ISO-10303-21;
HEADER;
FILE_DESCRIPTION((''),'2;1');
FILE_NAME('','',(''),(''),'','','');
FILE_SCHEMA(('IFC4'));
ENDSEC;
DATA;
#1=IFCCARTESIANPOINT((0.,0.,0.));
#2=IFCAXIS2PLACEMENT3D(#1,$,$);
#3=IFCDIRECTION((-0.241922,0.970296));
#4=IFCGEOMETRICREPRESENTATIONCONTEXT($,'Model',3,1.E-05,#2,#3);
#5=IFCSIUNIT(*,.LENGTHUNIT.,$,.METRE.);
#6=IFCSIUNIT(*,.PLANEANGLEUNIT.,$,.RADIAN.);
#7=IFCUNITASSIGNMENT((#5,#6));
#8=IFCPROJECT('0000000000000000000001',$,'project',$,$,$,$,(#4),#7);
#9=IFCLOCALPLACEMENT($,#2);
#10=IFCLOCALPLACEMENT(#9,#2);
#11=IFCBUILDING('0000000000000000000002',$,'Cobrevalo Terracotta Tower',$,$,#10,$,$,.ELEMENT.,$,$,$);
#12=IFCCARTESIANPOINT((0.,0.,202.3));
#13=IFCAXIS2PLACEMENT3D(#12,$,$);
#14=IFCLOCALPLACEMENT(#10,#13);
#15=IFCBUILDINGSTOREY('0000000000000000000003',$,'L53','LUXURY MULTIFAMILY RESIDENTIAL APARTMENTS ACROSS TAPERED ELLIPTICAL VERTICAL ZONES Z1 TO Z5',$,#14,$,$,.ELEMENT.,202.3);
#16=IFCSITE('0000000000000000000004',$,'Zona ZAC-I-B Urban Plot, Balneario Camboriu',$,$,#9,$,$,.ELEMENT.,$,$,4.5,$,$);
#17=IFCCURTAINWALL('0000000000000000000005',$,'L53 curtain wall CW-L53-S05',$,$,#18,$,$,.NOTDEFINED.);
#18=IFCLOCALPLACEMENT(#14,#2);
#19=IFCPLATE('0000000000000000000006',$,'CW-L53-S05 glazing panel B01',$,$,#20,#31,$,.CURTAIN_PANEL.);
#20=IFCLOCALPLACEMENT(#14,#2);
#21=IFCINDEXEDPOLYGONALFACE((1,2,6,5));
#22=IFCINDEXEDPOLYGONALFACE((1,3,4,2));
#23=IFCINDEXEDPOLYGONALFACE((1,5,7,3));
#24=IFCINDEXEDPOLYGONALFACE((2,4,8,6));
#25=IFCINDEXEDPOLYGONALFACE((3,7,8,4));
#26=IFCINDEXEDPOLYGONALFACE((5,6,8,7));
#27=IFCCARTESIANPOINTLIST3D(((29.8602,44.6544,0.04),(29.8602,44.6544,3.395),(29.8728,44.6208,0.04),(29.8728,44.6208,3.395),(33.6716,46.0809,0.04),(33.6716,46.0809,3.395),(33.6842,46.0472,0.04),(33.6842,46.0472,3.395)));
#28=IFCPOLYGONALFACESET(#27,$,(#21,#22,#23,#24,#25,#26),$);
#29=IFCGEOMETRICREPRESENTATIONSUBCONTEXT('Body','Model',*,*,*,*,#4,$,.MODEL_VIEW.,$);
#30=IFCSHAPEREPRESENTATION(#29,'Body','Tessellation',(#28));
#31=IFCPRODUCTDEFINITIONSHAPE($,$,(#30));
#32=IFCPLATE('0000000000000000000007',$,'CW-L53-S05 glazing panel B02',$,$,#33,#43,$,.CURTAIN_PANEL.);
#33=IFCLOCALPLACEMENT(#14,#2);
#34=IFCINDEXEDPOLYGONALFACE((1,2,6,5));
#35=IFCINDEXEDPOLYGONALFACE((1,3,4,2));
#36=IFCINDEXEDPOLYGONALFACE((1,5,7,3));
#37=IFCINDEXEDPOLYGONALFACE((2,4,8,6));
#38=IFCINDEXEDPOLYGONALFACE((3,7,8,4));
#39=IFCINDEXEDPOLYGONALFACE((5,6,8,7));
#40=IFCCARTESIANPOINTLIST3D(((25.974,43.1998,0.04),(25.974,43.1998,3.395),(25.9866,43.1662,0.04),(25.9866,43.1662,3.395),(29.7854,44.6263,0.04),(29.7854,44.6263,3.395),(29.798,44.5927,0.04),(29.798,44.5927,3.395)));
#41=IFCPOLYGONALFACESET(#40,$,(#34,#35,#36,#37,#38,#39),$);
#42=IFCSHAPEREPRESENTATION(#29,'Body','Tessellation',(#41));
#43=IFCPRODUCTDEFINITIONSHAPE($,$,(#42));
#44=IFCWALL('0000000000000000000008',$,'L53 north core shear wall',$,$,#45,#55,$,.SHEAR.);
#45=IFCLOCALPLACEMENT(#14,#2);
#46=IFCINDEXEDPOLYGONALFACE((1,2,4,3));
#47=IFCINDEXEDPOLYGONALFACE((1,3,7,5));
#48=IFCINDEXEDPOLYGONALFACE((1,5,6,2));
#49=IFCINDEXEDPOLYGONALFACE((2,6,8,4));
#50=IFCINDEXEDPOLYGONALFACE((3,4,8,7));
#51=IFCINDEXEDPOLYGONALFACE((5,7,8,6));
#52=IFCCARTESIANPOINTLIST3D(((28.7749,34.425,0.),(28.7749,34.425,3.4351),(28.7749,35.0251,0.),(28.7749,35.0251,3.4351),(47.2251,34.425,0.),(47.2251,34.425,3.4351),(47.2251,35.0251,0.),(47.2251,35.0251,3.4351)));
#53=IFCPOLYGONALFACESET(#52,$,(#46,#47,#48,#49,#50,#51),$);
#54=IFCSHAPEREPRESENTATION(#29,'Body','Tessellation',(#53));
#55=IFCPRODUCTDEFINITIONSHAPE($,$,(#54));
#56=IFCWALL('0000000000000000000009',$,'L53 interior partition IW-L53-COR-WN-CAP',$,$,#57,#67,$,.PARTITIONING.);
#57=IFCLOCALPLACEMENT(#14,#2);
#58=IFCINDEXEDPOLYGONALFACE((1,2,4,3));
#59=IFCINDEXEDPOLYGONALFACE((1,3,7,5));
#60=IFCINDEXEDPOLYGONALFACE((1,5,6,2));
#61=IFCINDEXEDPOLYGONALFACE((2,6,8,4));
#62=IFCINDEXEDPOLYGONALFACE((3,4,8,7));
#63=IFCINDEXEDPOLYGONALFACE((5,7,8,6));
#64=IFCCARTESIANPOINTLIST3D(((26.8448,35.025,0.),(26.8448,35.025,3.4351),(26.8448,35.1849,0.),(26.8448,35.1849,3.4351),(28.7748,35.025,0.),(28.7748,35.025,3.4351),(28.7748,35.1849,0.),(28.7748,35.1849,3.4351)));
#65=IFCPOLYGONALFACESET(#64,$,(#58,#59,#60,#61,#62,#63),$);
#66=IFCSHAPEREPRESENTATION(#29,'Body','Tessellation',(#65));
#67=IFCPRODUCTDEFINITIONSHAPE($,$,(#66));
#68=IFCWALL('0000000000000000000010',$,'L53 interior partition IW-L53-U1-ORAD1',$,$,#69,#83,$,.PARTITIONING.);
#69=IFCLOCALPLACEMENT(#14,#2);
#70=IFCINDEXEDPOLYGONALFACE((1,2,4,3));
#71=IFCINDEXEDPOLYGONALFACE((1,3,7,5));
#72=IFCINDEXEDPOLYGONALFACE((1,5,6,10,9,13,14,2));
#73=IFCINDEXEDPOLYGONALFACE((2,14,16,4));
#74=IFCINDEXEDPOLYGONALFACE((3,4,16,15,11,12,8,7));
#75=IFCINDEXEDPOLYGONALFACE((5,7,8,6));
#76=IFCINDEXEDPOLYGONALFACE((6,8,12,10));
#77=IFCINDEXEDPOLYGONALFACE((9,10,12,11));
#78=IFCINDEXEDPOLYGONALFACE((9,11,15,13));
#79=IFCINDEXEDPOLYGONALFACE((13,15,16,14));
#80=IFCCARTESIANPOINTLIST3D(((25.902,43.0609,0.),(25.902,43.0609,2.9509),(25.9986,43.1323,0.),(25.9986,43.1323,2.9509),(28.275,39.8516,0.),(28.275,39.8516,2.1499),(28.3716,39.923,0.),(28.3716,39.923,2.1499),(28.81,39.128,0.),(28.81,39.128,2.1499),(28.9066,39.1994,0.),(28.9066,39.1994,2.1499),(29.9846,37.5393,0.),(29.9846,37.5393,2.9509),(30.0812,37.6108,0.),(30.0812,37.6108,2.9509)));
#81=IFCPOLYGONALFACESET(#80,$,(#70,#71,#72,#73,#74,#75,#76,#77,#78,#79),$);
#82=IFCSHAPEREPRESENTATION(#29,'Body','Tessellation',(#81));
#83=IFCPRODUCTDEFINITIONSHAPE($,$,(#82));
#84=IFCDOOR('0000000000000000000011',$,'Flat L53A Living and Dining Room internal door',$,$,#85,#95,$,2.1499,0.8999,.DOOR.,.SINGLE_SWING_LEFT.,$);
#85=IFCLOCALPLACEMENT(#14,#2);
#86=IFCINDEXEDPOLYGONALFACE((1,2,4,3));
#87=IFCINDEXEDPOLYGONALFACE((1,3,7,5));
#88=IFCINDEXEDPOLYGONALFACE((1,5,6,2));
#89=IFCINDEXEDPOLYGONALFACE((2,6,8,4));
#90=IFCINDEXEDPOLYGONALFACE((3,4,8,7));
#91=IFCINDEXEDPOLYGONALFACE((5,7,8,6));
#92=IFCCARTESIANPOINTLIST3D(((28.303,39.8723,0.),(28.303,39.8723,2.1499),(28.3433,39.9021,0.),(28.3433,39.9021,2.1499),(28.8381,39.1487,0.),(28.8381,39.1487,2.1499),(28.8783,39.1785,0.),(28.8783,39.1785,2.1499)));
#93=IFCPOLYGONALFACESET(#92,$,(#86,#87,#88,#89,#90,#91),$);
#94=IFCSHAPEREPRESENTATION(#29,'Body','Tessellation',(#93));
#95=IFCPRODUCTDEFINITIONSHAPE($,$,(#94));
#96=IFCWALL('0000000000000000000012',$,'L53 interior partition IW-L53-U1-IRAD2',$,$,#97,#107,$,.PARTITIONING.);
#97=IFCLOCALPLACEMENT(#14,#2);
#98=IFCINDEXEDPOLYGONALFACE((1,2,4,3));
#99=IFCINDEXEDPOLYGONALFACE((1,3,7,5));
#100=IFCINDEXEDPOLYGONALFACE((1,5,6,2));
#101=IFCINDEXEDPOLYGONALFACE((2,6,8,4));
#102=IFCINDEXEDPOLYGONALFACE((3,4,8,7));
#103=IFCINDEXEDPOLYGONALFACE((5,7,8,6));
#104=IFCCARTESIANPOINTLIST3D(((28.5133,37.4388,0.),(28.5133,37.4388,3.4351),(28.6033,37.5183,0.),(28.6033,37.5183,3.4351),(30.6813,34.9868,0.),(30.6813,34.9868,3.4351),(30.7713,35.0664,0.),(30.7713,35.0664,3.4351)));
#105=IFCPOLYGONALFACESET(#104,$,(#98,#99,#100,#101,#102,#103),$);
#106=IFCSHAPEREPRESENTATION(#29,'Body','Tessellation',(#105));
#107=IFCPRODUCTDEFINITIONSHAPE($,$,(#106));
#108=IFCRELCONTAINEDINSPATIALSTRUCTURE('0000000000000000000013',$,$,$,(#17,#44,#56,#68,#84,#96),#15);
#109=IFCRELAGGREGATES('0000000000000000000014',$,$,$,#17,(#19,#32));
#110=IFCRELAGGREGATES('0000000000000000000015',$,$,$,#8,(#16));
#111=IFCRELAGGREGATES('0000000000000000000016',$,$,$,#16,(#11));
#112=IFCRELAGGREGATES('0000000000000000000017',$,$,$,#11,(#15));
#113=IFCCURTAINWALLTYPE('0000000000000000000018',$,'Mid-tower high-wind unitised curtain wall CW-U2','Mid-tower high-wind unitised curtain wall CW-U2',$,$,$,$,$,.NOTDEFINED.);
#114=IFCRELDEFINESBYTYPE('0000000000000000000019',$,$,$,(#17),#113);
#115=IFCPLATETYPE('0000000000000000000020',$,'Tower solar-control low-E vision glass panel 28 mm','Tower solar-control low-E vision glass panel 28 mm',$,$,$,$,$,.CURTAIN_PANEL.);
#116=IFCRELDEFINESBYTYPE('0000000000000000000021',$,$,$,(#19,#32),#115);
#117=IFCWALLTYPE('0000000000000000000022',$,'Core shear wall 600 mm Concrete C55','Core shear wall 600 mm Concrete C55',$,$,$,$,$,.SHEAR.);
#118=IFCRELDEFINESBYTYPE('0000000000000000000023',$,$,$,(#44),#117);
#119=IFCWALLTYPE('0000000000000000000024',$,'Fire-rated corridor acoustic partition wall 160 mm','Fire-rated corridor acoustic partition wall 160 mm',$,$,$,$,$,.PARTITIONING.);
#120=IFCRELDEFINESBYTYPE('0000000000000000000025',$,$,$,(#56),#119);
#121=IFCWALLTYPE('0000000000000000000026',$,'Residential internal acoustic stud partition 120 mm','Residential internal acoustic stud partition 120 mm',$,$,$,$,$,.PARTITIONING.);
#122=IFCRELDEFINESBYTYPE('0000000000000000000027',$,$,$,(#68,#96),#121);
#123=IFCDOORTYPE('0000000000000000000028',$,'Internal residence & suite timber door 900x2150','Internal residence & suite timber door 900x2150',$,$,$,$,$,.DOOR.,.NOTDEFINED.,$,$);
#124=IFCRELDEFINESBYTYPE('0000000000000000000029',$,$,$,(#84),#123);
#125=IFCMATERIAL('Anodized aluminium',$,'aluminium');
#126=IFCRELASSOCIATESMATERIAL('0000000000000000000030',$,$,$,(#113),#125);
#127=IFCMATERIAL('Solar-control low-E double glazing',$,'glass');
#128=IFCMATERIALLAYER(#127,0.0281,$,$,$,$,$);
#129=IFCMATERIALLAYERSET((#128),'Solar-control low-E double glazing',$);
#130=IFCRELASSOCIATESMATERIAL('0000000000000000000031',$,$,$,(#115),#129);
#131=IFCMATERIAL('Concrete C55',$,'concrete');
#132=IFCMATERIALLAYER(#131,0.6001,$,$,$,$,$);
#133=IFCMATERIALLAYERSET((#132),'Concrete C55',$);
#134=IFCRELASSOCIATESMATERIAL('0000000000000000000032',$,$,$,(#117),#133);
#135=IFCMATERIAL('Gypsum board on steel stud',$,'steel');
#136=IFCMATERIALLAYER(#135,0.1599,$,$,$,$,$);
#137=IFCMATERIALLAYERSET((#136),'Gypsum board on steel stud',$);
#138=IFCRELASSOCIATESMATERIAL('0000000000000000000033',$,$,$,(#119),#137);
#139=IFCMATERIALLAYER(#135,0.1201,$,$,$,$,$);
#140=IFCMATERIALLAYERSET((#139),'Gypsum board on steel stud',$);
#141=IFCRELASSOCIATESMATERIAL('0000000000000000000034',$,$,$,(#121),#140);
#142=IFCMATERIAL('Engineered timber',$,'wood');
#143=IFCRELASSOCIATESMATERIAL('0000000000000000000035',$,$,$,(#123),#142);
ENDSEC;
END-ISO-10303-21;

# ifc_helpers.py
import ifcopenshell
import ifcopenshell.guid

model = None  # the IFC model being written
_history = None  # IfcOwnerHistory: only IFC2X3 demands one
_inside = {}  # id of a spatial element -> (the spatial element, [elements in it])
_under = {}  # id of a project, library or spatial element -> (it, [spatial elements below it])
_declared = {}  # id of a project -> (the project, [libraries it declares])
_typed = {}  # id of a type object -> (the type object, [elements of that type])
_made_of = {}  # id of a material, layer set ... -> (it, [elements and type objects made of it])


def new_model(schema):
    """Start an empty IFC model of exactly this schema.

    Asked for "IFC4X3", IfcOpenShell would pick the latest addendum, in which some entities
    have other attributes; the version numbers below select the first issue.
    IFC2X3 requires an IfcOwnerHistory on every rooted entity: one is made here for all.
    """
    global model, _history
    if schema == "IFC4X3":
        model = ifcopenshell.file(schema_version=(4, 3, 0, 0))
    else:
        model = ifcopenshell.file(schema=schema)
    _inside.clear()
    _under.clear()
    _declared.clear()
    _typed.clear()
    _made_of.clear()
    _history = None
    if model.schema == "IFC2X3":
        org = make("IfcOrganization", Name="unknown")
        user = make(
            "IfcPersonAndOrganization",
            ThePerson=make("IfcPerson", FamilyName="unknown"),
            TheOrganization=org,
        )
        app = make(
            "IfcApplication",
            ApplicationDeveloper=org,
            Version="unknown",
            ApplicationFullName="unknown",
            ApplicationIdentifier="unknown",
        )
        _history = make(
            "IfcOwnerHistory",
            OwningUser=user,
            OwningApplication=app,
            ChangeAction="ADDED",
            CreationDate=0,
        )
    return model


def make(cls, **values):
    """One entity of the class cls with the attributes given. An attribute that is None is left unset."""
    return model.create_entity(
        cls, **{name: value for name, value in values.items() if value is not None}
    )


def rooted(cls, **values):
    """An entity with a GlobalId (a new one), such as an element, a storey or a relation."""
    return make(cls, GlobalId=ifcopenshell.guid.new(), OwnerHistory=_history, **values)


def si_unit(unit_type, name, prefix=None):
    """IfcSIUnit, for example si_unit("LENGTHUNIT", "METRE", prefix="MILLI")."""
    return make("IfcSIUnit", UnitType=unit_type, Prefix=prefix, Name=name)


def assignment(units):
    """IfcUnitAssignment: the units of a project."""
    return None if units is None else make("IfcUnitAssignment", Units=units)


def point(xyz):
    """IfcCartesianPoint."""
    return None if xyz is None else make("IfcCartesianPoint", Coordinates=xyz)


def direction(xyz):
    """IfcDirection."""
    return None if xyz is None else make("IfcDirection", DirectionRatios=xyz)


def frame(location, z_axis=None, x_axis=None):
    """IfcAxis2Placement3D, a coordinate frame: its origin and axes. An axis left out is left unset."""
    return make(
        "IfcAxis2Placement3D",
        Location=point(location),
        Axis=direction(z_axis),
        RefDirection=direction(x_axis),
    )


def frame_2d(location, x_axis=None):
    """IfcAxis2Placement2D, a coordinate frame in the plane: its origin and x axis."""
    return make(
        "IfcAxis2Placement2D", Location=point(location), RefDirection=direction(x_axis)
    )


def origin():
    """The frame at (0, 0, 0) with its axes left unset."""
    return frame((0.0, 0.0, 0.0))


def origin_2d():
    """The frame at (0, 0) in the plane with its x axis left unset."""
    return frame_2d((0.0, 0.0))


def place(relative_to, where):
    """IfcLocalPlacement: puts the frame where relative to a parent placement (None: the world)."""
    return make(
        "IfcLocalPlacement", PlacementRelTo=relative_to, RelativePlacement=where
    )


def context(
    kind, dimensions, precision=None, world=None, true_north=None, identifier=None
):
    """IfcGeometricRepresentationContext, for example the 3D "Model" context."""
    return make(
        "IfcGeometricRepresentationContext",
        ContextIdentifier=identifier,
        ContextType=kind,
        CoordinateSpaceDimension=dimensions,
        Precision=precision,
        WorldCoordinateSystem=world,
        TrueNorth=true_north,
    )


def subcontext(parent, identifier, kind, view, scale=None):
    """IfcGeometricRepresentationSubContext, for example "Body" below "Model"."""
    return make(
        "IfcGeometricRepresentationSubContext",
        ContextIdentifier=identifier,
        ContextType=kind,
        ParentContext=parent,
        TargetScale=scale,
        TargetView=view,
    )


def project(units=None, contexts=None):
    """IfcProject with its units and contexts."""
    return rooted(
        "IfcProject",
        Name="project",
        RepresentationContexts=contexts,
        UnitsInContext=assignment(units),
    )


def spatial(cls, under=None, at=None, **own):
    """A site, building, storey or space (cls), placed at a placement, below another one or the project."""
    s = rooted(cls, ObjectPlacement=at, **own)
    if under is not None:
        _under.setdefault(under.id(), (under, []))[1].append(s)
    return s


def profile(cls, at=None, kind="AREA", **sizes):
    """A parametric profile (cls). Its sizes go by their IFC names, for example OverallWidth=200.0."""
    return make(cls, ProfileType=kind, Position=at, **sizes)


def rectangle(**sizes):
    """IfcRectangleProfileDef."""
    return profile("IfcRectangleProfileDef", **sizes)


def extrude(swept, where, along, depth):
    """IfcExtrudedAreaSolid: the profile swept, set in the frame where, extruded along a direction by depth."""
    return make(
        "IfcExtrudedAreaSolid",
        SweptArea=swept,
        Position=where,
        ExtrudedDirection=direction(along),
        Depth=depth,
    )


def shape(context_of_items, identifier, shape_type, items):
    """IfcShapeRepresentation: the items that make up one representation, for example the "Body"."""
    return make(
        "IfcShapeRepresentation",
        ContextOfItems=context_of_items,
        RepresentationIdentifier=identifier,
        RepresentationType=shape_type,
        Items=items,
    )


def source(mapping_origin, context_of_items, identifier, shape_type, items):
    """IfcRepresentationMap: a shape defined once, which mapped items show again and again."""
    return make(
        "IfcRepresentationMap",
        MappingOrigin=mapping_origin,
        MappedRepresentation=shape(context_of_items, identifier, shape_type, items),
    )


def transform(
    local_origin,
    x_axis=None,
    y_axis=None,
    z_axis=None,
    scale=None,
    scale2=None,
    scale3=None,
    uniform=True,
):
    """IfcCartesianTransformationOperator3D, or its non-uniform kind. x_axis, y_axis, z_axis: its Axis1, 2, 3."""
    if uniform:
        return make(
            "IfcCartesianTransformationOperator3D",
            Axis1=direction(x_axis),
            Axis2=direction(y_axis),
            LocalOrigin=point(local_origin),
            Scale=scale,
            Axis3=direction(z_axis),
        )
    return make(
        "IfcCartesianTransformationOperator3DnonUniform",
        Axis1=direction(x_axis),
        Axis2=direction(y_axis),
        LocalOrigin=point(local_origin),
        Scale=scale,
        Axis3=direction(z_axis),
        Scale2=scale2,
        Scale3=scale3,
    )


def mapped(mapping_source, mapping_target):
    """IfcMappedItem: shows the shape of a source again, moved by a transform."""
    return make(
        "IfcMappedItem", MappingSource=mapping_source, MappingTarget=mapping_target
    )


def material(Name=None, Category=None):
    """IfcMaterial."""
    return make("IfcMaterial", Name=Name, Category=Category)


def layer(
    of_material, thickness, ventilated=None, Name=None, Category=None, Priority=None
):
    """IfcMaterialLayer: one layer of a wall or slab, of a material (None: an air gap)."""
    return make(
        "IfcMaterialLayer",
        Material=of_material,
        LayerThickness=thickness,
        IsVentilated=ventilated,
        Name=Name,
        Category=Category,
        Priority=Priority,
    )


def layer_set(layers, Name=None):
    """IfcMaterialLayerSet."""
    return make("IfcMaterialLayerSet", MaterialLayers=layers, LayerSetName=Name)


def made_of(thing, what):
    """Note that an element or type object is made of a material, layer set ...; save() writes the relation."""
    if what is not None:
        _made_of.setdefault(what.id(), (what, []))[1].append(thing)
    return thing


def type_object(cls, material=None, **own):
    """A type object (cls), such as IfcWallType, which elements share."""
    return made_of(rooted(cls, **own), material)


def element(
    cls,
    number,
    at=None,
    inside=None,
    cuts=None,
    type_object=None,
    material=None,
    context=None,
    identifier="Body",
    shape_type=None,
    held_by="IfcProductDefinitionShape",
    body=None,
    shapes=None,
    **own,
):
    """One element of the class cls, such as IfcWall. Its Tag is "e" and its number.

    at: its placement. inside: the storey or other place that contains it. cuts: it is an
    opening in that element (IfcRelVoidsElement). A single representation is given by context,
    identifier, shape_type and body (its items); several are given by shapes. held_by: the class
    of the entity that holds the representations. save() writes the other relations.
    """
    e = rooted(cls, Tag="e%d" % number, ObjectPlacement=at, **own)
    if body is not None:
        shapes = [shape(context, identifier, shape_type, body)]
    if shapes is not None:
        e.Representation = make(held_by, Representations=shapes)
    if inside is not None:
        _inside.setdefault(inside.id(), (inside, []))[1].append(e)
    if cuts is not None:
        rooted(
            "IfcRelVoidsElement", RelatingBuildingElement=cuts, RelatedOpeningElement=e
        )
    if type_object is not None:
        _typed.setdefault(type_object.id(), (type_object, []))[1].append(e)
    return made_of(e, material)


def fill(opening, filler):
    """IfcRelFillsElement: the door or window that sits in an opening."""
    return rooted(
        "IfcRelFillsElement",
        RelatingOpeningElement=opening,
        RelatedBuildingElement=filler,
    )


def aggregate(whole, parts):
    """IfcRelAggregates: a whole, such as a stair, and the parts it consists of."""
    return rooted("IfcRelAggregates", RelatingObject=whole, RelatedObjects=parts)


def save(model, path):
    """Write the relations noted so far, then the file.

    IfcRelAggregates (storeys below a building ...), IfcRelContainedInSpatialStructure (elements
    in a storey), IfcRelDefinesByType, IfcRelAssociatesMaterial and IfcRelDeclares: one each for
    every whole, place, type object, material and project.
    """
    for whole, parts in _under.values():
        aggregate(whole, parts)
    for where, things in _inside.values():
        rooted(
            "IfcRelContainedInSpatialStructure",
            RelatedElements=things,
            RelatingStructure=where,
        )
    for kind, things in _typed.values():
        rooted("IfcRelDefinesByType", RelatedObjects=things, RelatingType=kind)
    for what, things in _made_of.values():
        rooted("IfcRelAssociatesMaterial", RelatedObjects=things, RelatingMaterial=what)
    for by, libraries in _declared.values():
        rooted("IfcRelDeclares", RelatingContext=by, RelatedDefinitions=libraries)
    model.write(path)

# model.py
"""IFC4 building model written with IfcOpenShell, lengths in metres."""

from ifc_helpers import new_model, si_unit, direction, frame, frame_2d, origin, origin_2d, place, context, subcontext, project, spatial, rectangle, extrude, source, transform, mapped, material, layer, layer_set, type_object, element, fill, aggregate, save


model = new_model("IFC4")

# Units and contexts
model_context = context("Model", 3, precision=1e-05, world=origin(), true_north=direction((-0.241922, 0.970296)))
body_context = subcontext(model_context, "Body", "Model", "MODEL_VIEW")
ifc_project = project(units=[si_unit("LENGTHUNIT", "METRE"), si_unit("PLANEANGLEUNIT", "RADIAN")], contexts=[model_context])

# Site, building, storey
site_placement = place(None, origin())
site = spatial("IfcSite", under=ifc_project, at=site_placement, Name="Zona ZAC-I-B Urban Plot, Balneario Camboriu", CompositionType="ELEMENT", RefElevation=4.5)
building_placement = place(site_placement, origin())
building = spatial("IfcBuilding", under=site, at=building_placement, Name="Cobrevalo Terracotta Tower", CompositionType="ELEMENT")
storey_placement = place(building_placement, frame((0.0, 0.0, 202.3)))
storey = spatial("IfcBuildingStorey", under=building, at=storey_placement, Name="L53", Description="LUXURY MULTIFAMILY RESIDENTIAL APARTMENTS ACROSS TAPERED ELLIPTICAL VERTICAL ZONES Z1 TO Z5", CompositionType="ELEMENT", Elevation=202.3)

# Curtain wall, plates
ifc_material_1 = material(Name="Anodized aluminium", Category="aluminium")
curtain_wall_type = type_object("IfcCurtainWallType", Name="Mid-tower high-wind unitised curtain wall CW-U2", Description="Mid-tower high-wind unitised curtain wall CW-U2", PredefinedType="NOTDEFINED", material=ifc_material_1)
curtain_wall_placement = place(storey_placement, origin())
curtain_wall = element("IfcCurtainWall", 1, at=curtain_wall_placement, inside=storey, type_object=curtain_wall_type, Name="L53 curtain wall CW-L53-S05", PredefinedType="NOTDEFINED")
ifc_material_2 = material(Name="Solar-control low-E double glazing", Category="glass")
ifc_layer_1 = layer(ifc_material_2, 0.0281)
ifc_layer_set_1 = layer_set([ifc_layer_1], Name="Solar-control low-E double glazing")
plate_type = type_object("IfcPlateType", Name="Tower solar-control low-E vision glass panel 28 mm", Description="Tower solar-control low-E vision glass panel 28 mm", PredefinedType="CURTAIN_PANEL", material=ifc_layer_set_1)
shared_shape_1 = source(origin(), body_context, "Body", "SweptSolid", [
    extrude(rectangle(XDim=4.0696, YDim=0.0359, at=origin_2d()), origin(), (0.0, 0.0, 1.0), 3.355),
])
plate_1_placement = place(storey_placement, frame((31.7722, 45.3508, 0.04), z_axis=(0.0, 0.0, 1.0), x_axis=(-0.936558, -0.350513, 0.0)))
plate_1 = element("IfcPlate", 2, at=plate_1_placement, type_object=plate_type, Name="CW-L53-S05 glazing panel B01", PredefinedType="CURTAIN_PANEL", context=body_context, shape_type="MappedRepresentation", body=[
    mapped(shared_shape_1, transform((0.0, 0.0, 0.0), scale=1.0)),
])
plate_2_placement = place(storey_placement, frame((27.886, 43.8962, 0.04), z_axis=(0.0, 0.0, 1.0), x_axis=(-0.936558, -0.350513, 0.0)))
plate_2 = element("IfcPlate", 3, at=plate_2_placement, type_object=plate_type, Name="CW-L53-S05 glazing panel B02", PredefinedType="CURTAIN_PANEL", context=body_context, shape_type="MappedRepresentation", body=[
    mapped(shared_shape_1, transform((0.0, 0.0, 0.0), scale=1.0)),
])
aggregate(curtain_wall, [plate_1, plate_2])

# Walls
ifc_material_3 = material(Name="Concrete C55", Category="concrete")
ifc_layer_2 = layer(ifc_material_3, 0.6001)
ifc_layer_set_2 = layer_set([ifc_layer_2], Name="Concrete C55")
wall_type_1 = type_object("IfcWallType", Name="Core shear wall 600 mm Concrete C55", Description="Core shear wall 600 mm Concrete C55", PredefinedType="SHEAR", material=ifc_layer_set_2)
wall_1_placement = place(storey_placement, frame((28.7749, 34.7251, 0.0), z_axis=(0.0, 0.0, 1.0), x_axis=(1.0, 0.0, 0.0)))
element("IfcWall", 4, at=wall_1_placement, inside=storey, type_object=wall_type_1, Name="L53 north core shear wall", PredefinedType="SHEAR", context=body_context, shape_type="SweptSolid", body=[
    extrude(rectangle(XDim=18.4502, YDim=0.6001, at=frame_2d((9.2251, 0.0))), origin(), (0.0, 0.0, 1.0), 3.4351),
])
ifc_material_4 = material(Name="Gypsum board on steel stud", Category="steel")
ifc_layer_3 = layer(ifc_material_4, 0.1599)
ifc_layer_set_3 = layer_set([ifc_layer_3], Name="Gypsum board on steel stud")
wall_type_2 = type_object("IfcWallType", Name="Fire-rated corridor acoustic partition wall 160 mm", Description="Fire-rated corridor acoustic partition wall 160 mm", PredefinedType="PARTITIONING", material=ifc_layer_set_3)
wall_2_placement = place(storey_placement, frame((26.845, 35.105, 0.0), z_axis=(0.0, 0.0, 1.0), x_axis=(1.0, 0.0, 0.0)))
element("IfcWall", 5, at=wall_2_placement, inside=storey, type_object=wall_type_2, Name="L53 interior partition IW-L53-COR-WN-CAP", PredefinedType="PARTITIONING", context=body_context, shape_type="SweptSolid", body=[
    extrude(rectangle(XDim=1.9299, YDim=0.1599, at=frame_2d((0.9648, 0.0))), origin(), (0.0, 0.0, 1.0), 3.4351),
])

# Shared definitions
ifc_layer_4 = layer(ifc_material_4, 0.1201)
ifc_layer_set_4 = layer_set([ifc_layer_4], Name="Gypsum board on steel stud")
wall_type_3 = type_object("IfcWallType", Name="Residential internal acoustic stud partition 120 mm", Description="Residential internal acoustic stud partition 120 mm", PredefinedType="PARTITIONING", material=ifc_layer_set_4)
ifc_material_5 = material(Name="Engineered timber", Category="wood")
door_type_1 = type_object("IfcDoorType", Name="Internal residence & suite timber door 900x2150", Description="Internal residence & suite timber door 900x2150", OperationType="NOTDEFINED", PredefinedType="DOOR", material=ifc_material_5)
shared_shape_2 = source(origin(), body_context, "Body", "SweptSolid", [
    extrude(rectangle(XDim=0.8999, YDim=2.1499, at=frame_2d((0.45, 1.075))), frame((0.0, 0.0249, 0.0), z_axis=(0.0, -1.0, 0.0), x_axis=(1.0, 0.0, 0.0)), (0.0, 0.0, 1.0), 0.05),
])

# Wall, opening, door
wall_3_placement = place(storey_placement, frame((30.033, 37.575, 0.0), z_axis=(0.0, 0.0, 1.0), x_axis=(-0.594525, 0.804077, 0.0)))
wall_3 = element("IfcWall", 6, at=wall_3_placement, inside=storey, type_object=wall_type_3, Name="L53 interior partition IW-L53-U1-ORAD1", PredefinedType="PARTITIONING", context=body_context, shape_type="SweptSolid", body=[
    extrude(rectangle(XDim=6.8669, YDim=0.1201, at=frame_2d((3.4336, 0.0))), origin(), (0.0, 0.0, 1.0), 2.9509),
])
opening_1_placement = place(wall_3_placement, frame((1.9758, 0.0, 0.0)))
opening_1 = element("IfcOpeningElement", 7, at=opening_1_placement, cuts=wall_3, PredefinedType="OPENING", context=body_context, shape_type="SweptSolid", body=[
    extrude(rectangle(XDim=0.8999, YDim=2.1499, at=frame_2d((0.45, 1.075))), frame((0.0, 0.0701, 0.0), z_axis=(0.0, -1.0, 0.0), x_axis=(1.0, 0.0, 0.0)), (0.0, 0.0, 1.0), 0.1401),
])
door_1_placement = place(opening_1_placement, frame((0.8999, 0.0, 0.0), z_axis=(0.0, 0.0, 1.0), x_axis=(-1.0, 0.0, 0.0)))
door_1 = element("IfcDoor", 8, at=door_1_placement, inside=storey, type_object=door_type_1, Name="Flat L53A Living and Dining Room internal door", OperationType="SINGLE_SWING_LEFT", OverallHeight=2.1499, OverallWidth=0.8999, PredefinedType="DOOR", context=body_context, shape_type="MappedRepresentation", body=[
    mapped(shared_shape_2, transform((0.0, 0.0, 0.0), scale=1.0)),
])
fill(opening_1, door_1)

# Wall
wall_4_placement = place(storey_placement, frame((30.7263, 35.0266, 0.0), z_axis=(0.0, 0.0, 1.0), x_axis=(-0.662398, 0.749152, 0.0)))
element("IfcWall", 9, at=wall_4_placement, inside=storey, type_object=wall_type_3, Name="L53 interior partition IW-L53-U1-IRAD2", PredefinedType="PARTITIONING", context=body_context, shape_type="SweptSolid", body=[
    extrude(rectangle(XDim=3.2729, YDim=0.1201, at=frame_2d((1.6365, 0.0))), origin(), (0.0, 0.0, 1.0), 3.4351),
])

save(model, "model.ifc")
